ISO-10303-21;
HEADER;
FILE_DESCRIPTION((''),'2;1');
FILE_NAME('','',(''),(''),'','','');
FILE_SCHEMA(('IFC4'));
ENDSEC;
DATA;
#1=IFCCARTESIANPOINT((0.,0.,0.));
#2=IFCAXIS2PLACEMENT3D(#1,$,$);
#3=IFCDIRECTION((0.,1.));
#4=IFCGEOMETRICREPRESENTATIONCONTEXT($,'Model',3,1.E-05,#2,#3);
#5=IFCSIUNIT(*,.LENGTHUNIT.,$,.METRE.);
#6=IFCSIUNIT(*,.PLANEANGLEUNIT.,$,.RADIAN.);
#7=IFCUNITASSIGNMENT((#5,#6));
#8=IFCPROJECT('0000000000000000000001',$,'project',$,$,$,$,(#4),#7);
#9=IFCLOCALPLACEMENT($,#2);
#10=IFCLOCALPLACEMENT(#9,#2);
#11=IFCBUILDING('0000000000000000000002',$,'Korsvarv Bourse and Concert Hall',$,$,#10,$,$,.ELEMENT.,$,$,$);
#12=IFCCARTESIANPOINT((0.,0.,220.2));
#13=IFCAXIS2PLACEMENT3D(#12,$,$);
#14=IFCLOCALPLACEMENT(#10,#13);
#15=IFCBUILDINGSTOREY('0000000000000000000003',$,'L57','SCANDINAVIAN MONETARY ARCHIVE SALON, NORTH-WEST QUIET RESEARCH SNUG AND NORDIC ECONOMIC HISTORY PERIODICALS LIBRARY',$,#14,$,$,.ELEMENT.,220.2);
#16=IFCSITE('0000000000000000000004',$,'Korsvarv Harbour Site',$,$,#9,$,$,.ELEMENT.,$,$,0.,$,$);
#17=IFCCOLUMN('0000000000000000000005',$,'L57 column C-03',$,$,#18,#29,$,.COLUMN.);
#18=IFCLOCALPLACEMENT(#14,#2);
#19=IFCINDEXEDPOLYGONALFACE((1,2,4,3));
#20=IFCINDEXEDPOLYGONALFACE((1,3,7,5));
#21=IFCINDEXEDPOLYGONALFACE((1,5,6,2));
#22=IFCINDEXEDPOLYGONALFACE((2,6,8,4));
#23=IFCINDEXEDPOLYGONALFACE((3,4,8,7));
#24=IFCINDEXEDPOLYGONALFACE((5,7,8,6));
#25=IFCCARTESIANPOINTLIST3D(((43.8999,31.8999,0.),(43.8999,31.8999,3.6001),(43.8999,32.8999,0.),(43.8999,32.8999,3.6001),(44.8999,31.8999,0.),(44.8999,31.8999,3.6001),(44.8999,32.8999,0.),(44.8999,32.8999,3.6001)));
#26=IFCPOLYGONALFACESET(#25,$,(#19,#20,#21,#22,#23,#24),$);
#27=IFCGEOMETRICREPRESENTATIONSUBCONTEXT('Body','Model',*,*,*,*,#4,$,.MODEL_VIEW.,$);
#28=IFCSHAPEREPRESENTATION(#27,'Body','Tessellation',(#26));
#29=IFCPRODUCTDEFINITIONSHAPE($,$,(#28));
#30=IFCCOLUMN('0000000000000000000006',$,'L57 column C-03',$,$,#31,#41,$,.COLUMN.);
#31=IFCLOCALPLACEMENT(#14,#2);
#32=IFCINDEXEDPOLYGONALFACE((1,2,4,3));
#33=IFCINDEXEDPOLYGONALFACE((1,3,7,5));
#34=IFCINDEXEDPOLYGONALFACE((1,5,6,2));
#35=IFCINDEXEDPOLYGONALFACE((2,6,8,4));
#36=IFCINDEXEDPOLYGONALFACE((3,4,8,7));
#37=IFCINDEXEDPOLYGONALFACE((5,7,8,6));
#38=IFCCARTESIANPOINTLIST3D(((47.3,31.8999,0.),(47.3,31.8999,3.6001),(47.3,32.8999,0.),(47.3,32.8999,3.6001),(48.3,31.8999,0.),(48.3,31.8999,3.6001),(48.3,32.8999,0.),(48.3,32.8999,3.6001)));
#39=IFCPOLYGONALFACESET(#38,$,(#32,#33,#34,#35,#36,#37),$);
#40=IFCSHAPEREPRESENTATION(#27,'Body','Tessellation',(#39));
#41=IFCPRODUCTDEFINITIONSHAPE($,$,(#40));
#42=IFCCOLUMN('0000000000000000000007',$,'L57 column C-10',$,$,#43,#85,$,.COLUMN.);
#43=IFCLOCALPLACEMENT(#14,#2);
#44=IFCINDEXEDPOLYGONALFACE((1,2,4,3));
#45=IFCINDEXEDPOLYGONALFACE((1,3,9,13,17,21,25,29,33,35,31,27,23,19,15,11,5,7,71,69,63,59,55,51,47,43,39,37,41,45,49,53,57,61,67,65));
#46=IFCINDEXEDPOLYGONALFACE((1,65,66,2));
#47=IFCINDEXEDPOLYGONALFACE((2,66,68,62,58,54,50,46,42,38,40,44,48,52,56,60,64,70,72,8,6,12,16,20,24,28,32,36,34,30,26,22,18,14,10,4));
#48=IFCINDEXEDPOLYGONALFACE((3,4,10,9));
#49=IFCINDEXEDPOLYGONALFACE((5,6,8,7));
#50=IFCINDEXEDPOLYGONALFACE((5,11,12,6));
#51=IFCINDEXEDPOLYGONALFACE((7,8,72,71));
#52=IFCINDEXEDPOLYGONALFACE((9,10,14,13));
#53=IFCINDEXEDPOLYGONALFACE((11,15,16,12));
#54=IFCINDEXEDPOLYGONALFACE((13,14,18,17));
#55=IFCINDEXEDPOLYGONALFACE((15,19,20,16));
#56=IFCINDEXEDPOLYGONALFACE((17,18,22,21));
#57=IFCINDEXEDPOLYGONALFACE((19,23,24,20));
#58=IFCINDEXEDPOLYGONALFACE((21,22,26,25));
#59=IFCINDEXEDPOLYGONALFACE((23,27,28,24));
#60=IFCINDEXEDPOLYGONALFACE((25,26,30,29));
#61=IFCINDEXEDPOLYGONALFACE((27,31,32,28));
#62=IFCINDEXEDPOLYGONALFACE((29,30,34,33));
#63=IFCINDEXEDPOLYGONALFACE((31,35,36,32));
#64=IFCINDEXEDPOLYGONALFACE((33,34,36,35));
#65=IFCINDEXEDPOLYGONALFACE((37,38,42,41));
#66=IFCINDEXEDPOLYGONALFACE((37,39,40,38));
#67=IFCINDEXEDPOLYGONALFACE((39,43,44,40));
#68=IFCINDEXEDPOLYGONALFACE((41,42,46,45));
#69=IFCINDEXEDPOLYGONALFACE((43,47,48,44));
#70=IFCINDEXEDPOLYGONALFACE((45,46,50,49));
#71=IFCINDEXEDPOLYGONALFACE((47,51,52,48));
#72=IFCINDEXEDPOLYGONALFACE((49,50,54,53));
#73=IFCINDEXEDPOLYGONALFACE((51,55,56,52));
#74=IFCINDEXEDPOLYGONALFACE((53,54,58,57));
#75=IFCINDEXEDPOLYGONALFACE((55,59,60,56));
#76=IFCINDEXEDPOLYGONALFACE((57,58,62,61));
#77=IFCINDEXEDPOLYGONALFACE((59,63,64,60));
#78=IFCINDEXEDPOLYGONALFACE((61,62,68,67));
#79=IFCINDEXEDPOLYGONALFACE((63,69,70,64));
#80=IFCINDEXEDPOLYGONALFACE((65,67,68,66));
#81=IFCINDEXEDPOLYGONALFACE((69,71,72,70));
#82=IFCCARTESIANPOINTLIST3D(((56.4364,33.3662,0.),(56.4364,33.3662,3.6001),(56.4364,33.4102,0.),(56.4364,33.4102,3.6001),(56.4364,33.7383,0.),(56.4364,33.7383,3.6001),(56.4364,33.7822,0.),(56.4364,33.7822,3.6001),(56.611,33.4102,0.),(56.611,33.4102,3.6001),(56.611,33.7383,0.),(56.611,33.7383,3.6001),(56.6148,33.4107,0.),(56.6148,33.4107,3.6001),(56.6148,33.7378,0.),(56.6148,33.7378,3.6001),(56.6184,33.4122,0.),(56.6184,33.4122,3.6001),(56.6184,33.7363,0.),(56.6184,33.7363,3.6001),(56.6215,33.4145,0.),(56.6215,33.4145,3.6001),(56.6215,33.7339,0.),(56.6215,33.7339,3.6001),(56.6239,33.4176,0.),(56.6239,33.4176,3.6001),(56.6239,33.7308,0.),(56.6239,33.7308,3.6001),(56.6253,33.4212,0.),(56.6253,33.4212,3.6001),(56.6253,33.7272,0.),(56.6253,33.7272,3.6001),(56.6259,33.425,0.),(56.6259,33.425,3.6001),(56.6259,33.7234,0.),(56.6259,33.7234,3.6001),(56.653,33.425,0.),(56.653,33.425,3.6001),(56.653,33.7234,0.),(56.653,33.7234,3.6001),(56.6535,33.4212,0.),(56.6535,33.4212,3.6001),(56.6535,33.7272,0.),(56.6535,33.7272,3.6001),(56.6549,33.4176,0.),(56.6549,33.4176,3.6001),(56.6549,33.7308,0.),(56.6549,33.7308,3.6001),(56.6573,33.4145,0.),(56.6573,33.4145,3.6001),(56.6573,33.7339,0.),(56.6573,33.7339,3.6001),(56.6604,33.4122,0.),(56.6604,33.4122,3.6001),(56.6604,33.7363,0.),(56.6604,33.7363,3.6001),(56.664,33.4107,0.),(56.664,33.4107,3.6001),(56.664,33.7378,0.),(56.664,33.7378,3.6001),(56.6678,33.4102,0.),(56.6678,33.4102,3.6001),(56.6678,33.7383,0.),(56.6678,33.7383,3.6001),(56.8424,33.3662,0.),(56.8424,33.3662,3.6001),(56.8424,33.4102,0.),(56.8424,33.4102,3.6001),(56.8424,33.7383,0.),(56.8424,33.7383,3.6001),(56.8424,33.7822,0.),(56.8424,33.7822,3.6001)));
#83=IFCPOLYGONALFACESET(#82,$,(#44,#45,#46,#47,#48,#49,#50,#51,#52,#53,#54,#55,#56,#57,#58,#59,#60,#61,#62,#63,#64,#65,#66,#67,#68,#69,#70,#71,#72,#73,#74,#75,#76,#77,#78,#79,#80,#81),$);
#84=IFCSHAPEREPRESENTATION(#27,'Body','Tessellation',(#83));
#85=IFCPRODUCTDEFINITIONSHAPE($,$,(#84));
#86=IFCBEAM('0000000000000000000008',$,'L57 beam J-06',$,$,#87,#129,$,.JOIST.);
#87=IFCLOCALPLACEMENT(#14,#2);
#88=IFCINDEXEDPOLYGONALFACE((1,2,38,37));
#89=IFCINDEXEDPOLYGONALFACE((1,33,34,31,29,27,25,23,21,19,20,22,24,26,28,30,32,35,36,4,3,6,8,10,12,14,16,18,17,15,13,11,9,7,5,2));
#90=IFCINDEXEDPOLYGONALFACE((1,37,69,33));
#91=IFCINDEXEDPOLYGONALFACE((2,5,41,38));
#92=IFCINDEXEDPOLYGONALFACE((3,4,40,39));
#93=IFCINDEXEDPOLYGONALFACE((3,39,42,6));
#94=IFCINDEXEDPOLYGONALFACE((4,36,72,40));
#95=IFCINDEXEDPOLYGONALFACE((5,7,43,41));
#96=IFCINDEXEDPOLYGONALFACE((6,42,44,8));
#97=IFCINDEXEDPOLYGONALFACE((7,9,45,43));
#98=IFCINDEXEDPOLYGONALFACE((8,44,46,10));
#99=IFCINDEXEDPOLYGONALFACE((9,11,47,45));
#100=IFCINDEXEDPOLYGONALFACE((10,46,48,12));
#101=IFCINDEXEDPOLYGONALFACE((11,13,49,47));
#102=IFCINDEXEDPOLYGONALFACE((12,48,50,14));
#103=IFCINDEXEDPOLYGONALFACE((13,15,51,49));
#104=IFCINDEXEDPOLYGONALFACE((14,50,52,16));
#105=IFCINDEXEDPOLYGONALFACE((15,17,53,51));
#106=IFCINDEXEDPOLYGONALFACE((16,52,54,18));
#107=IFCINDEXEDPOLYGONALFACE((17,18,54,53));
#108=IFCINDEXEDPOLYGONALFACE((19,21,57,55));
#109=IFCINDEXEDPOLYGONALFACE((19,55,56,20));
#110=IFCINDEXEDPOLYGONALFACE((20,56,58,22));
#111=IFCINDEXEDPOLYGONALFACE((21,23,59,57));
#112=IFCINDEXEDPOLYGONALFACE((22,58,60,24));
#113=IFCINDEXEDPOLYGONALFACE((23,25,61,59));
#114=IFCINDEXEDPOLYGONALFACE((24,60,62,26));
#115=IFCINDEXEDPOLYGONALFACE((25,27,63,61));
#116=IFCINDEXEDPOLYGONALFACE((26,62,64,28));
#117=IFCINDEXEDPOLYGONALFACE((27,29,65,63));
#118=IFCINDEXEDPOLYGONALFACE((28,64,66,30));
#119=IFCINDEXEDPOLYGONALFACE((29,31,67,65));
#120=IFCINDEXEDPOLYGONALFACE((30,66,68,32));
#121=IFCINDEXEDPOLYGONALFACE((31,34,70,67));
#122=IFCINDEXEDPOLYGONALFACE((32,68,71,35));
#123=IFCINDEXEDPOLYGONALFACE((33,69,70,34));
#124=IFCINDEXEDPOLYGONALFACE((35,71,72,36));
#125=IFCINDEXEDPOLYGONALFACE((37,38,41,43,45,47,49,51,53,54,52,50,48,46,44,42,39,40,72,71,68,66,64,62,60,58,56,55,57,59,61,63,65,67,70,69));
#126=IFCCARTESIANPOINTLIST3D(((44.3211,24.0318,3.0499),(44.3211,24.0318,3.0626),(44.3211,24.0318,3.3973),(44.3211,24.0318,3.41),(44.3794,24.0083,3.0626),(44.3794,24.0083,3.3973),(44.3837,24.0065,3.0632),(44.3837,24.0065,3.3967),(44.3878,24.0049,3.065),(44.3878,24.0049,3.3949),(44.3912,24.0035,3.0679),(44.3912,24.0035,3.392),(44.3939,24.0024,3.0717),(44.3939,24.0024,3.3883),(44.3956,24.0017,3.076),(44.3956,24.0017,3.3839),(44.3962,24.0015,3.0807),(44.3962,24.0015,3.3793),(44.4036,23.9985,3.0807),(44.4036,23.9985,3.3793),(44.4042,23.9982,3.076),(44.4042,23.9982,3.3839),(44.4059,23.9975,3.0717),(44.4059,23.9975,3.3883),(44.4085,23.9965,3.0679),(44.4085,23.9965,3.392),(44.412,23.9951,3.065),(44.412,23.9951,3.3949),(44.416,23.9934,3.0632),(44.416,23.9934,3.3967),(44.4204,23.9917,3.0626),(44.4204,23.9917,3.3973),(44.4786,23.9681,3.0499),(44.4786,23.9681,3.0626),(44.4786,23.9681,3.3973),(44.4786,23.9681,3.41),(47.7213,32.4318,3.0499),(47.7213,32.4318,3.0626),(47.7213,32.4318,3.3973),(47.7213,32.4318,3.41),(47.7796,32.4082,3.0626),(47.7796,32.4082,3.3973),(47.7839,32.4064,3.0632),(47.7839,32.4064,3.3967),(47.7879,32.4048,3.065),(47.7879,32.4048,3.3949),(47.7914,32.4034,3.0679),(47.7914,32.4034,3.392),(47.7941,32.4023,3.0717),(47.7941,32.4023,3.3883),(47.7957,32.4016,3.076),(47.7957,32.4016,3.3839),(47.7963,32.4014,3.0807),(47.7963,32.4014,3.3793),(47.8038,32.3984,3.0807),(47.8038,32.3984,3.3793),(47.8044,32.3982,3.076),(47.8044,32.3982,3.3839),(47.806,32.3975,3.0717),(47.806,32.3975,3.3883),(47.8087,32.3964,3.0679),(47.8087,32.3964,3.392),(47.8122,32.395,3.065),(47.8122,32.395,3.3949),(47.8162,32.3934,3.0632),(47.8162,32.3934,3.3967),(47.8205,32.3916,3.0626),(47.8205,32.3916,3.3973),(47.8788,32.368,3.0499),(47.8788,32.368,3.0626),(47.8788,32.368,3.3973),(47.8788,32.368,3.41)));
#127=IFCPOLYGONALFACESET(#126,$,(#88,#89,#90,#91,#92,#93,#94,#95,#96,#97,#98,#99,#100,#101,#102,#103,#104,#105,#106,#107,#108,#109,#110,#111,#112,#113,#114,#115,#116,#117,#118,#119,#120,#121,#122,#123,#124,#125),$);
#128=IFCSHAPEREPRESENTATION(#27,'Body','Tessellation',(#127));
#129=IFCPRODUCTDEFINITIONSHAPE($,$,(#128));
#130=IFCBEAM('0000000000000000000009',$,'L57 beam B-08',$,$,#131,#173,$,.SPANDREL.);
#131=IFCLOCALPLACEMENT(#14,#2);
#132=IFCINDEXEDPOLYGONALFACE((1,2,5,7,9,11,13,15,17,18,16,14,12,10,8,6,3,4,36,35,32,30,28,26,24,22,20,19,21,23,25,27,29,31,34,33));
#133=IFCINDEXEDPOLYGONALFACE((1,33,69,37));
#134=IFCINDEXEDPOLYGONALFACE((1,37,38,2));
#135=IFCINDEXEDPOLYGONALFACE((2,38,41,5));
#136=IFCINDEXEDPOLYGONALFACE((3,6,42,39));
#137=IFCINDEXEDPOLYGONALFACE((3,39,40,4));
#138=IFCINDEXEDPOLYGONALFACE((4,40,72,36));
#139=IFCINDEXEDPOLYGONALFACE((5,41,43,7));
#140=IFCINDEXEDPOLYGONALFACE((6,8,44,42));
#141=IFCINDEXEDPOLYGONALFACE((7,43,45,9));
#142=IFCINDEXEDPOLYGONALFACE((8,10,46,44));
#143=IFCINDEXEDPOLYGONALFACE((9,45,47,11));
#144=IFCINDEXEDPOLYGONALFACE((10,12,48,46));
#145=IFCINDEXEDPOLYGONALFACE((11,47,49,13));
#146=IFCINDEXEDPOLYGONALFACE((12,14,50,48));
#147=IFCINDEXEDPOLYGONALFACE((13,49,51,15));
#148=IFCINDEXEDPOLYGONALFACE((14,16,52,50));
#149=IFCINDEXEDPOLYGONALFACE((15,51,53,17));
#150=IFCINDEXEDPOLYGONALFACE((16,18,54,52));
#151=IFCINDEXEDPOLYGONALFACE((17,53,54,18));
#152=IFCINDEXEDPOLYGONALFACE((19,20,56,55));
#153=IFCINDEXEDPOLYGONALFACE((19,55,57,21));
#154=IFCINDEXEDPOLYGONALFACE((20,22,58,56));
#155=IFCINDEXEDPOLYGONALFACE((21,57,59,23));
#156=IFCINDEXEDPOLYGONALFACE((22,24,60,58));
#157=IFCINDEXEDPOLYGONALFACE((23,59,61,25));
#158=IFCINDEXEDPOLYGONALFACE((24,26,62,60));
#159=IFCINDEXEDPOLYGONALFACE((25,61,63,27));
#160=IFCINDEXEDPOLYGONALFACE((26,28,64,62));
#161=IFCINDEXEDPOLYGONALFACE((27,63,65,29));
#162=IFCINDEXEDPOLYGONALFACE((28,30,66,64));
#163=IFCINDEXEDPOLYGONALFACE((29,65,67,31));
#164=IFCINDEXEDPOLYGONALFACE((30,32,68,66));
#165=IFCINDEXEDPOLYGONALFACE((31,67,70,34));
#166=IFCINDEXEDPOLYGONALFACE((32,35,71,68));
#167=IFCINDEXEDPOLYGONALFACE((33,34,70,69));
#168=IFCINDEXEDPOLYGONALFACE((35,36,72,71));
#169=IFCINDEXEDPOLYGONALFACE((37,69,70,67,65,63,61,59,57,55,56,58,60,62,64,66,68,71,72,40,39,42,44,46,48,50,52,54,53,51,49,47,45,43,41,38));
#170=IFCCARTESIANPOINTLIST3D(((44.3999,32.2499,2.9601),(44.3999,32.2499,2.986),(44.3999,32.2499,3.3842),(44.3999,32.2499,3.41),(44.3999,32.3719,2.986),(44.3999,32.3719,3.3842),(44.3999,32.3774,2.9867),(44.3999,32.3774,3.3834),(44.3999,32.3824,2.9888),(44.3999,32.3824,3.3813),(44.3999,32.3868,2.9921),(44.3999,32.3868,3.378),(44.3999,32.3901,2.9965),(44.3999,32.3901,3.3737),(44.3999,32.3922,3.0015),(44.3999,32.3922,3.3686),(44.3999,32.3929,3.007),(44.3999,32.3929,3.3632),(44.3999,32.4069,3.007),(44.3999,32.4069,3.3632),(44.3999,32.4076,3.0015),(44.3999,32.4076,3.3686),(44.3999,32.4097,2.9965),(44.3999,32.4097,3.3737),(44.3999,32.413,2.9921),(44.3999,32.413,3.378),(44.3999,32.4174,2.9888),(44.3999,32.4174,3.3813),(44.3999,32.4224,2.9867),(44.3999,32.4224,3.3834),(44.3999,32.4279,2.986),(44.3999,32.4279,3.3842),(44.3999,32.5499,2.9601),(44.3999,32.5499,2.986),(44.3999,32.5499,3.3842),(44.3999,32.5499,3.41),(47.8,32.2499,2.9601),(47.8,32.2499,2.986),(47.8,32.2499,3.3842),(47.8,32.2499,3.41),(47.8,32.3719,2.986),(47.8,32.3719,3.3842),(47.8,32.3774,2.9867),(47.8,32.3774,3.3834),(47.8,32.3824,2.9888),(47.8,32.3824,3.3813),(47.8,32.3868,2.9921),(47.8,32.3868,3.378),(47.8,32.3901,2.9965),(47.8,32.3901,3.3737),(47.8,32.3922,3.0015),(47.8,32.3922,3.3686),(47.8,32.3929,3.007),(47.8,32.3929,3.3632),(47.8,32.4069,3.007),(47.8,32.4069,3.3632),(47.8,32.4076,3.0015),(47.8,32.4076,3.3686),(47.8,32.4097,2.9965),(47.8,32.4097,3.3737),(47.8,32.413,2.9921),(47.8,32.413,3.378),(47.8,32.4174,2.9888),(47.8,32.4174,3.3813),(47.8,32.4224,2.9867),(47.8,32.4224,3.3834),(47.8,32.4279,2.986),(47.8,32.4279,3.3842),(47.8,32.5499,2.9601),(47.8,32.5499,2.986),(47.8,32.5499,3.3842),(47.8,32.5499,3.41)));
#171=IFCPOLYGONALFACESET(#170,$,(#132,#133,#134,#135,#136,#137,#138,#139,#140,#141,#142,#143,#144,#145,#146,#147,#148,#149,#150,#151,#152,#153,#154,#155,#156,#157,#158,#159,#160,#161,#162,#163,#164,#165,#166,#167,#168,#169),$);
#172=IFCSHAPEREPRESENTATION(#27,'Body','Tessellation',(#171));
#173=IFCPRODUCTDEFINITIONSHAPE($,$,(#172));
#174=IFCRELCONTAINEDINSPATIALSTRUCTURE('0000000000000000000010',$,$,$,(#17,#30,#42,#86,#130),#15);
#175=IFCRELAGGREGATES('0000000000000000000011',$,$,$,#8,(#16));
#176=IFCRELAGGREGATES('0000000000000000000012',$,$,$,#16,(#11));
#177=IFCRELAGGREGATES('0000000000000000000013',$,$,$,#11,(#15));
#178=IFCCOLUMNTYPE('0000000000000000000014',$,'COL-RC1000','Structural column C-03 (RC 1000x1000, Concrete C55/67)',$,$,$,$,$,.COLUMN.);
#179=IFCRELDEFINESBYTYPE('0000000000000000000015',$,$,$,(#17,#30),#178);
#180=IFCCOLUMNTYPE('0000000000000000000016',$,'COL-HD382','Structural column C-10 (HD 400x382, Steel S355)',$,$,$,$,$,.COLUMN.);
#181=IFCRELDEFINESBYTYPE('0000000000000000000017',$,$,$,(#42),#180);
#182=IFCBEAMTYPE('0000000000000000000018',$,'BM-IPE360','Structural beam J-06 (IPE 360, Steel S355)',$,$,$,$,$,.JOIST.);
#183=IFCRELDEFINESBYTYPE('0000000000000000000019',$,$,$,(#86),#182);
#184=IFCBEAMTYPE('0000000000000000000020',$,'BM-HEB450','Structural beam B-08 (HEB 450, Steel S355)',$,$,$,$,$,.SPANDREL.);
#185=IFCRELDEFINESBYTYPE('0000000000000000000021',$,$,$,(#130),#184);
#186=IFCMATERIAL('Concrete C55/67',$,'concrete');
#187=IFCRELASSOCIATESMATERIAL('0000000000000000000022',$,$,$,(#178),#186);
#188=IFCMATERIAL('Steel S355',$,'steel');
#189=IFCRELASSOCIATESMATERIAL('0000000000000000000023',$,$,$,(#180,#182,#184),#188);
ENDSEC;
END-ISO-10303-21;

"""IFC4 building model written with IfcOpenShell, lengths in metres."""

from ifc_helpers import new_model, si_unit, direction, frame, origin, origin_2d, place, context, subcontext, project, spatial, rectangle, i_section, extrude, source, transform, mapped, material, material_profile, profile_set, type_object, element, save


model = new_model("IFC4")

# Units and contexts
model_context = context("Model", 3, precision=1e-05, world=origin(), true_north=direction((0.0, 1.0)))
body_context = subcontext(model_context, "Body", "Model", "MODEL_VIEW")
ifc_project = project(units=[si_unit("LENGTHUNIT", "METRE"), si_unit("PLANEANGLEUNIT", "RADIAN")], contexts=[model_context])

# Site, building, storey
site_placement = place(None, origin())
site = spatial("IfcSite", under=ifc_project, at=site_placement, Name="Korsvarv Harbour Site", CompositionType="ELEMENT", RefElevation=0.0)
building_placement = place(site_placement, origin())
building = spatial("IfcBuilding", under=site, at=building_placement, Name="Korsvarv Bourse and Concert Hall", CompositionType="ELEMENT")
storey_placement = place(building_placement, frame((0.0, 0.0, 220.2)))
storey = spatial("IfcBuildingStorey", under=building, at=storey_placement, Name="L57", Description="SCANDINAVIAN MONETARY ARCHIVE SALON, NORTH-WEST QUIET RESEARCH SNUG AND NORDIC ECONOMIC HISTORY PERIODICALS LIBRARY", CompositionType="ELEMENT", Elevation=220.2)

# Columns
ifc_material_1 = material(Name="Concrete C55/67", Category="concrete")
ifc_material_profile_1 = material_profile(ifc_material_1, rectangle(XDim=1.0, YDim=1.0, at=origin_2d()), Name="RC 1000x1000")
ifc_profile_set_1 = profile_set([ifc_material_profile_1], Name="Concrete C55/67")
column_type_1 = type_object("IfcColumnType", Name="COL-RC1000", Description="Structural column C-03 (RC 1000x1000, Concrete C55/67)", PredefinedType="COLUMN", material=ifc_profile_set_1)
shared_shape_1 = source(origin(), body_context, "Body", "SweptSolid", [
    extrude(rectangle(XDim=1.0, YDim=1.0, at=origin_2d()), origin(), (0.0, 0.0, 1.0), 3.6001),
])
for number, where, z_axis, x_axis, name in (
    (1, (44.3999, 32.3999, 0.0), (0.0, 0.0, 1.0), (1.0, 0.0, 0.0), "L57 column C-03"),
    (2, (47.8, 32.3999, 0.0), (0.0, 0.0, 1.0), (1.0, 0.0, 0.0), "L57 column C-03"),
):
    element("IfcColumn", number, at=place(storey_placement, frame(where, z_axis=z_axis, x_axis=x_axis)), inside=storey, type_object=column_type_1, Name=name, PredefinedType="COLUMN", context=body_context, shape_type="MappedRepresentation", body=[
        mapped(shared_shape_1, transform((0.0, 0.0, 0.0), scale=1.0)),
    ])
ifc_material_2 = material(Name="Steel S355", Category="steel")
ifc_material_profile_2 = material_profile(ifc_material_2, i_section(OverallWidth=0.406, OverallDepth=0.416, WebThickness=0.0271, FlangeThickness=0.0439, FilletRadius=0.0149, at=origin_2d()), Name="HD 400x382")
ifc_profile_set_2 = profile_set([ifc_material_profile_2], Name="Steel S355")
column_type_2 = type_object("IfcColumnType", Name="COL-HD382", Description="Structural column C-10 (HD 400x382, Steel S355)", PredefinedType="COLUMN", material=ifc_profile_set_2)
shared_shape_2 = source(origin(), body_context, "Body", "SweptSolid", [
    extrude(i_section(OverallWidth=0.406, OverallDepth=0.416, WebThickness=0.0271, FlangeThickness=0.0439, FilletRadius=0.0149, at=origin_2d()), origin(), (0.0, 0.0, 1.0), 3.6001),
])
column_placement = place(storey_placement, frame((56.6394, 33.5742, 0.0), z_axis=(0.0, 0.0, 1.0), x_axis=(1.0, 0.0, 0.0)))
element("IfcColumn", 3, at=column_placement, inside=storey, type_object=column_type_2, Name="L57 column C-10", PredefinedType="COLUMN", context=body_context, shape_type="MappedRepresentation", body=[
    mapped(shared_shape_2, transform((0.0, 0.0, 0.0), scale=1.0)),
])

# Beams
ifc_material_profile_3 = material_profile(ifc_material_2, i_section(OverallWidth=0.1699, OverallDepth=0.3601, WebThickness=0.0081, FlangeThickness=0.0127, FilletRadius=0.0181, at=origin_2d()), Name="IPE 360")
ifc_profile_set_3 = profile_set([ifc_material_profile_3], Name="Steel S355")
beam_type_1 = type_object("IfcBeamType", Name="BM-IPE360", Description="Structural beam J-06 (IPE 360, Steel S355)", PredefinedType="JOIST", material=ifc_profile_set_3)
shared_shape_3 = source(origin(), body_context, "Body", "SweptSolid", [
    extrude(i_section(OverallWidth=0.1699, OverallDepth=0.3601, WebThickness=0.0081, FlangeThickness=0.0127, FilletRadius=0.0181, at=origin_2d()), origin(), (0.0, 0.0, 1.0), 9.062),
])
beam_1_placement = place(storey_placement, frame((47.8, 32.3999, 3.23), z_axis=(-0.37521, -0.92694, 0.0), x_axis=(0.92694, -0.37521, 0.0)))
element("IfcBeam", 4, at=beam_1_placement, inside=storey, type_object=beam_type_1, Name="L57 beam J-06", PredefinedType="JOIST", context=body_context, shape_type="MappedRepresentation", body=[
    mapped(shared_shape_3, transform((0.0, 0.0, 0.0), scale=1.0)),
])
ifc_material_profile_4 = material_profile(ifc_material_2, i_section(OverallWidth=0.3, OverallDepth=0.45, WebThickness=0.0139, FlangeThickness=0.0259, FilletRadius=0.021, at=origin_2d()), Name="HEB 450")
ifc_profile_set_4 = profile_set([ifc_material_profile_4], Name="Steel S355")
beam_type_2 = type_object("IfcBeamType", Name="BM-HEB450", Description="Structural beam B-08 (HEB 450, Steel S355)", PredefinedType="SPANDREL", material=ifc_profile_set_4)
shared_shape_4 = source(origin(), body_context, "Body", "SweptSolid", [
    extrude(i_section(OverallWidth=0.3, OverallDepth=0.45, WebThickness=0.0139, FlangeThickness=0.0259, FilletRadius=0.021, at=origin_2d()), origin(), (0.0, 0.0, 1.0), 3.4001),
])
beam_2_placement = place(storey_placement, frame((44.3999, 32.3999, 3.1851), z_axis=(1.0, 0.0, 0.0), x_axis=(0.0, 1.0, 0.0)))
element("IfcBeam", 5, at=beam_2_placement, inside=storey, type_object=beam_type_2, Name="L57 beam B-08", PredefinedType="SPANDREL", context=body_context, shape_type="MappedRepresentation", body=[
    mapped(shared_shape_4, transform((0.0, 0.0, 0.0), scale=1.0)),
])

save(model, "model.ifc")
